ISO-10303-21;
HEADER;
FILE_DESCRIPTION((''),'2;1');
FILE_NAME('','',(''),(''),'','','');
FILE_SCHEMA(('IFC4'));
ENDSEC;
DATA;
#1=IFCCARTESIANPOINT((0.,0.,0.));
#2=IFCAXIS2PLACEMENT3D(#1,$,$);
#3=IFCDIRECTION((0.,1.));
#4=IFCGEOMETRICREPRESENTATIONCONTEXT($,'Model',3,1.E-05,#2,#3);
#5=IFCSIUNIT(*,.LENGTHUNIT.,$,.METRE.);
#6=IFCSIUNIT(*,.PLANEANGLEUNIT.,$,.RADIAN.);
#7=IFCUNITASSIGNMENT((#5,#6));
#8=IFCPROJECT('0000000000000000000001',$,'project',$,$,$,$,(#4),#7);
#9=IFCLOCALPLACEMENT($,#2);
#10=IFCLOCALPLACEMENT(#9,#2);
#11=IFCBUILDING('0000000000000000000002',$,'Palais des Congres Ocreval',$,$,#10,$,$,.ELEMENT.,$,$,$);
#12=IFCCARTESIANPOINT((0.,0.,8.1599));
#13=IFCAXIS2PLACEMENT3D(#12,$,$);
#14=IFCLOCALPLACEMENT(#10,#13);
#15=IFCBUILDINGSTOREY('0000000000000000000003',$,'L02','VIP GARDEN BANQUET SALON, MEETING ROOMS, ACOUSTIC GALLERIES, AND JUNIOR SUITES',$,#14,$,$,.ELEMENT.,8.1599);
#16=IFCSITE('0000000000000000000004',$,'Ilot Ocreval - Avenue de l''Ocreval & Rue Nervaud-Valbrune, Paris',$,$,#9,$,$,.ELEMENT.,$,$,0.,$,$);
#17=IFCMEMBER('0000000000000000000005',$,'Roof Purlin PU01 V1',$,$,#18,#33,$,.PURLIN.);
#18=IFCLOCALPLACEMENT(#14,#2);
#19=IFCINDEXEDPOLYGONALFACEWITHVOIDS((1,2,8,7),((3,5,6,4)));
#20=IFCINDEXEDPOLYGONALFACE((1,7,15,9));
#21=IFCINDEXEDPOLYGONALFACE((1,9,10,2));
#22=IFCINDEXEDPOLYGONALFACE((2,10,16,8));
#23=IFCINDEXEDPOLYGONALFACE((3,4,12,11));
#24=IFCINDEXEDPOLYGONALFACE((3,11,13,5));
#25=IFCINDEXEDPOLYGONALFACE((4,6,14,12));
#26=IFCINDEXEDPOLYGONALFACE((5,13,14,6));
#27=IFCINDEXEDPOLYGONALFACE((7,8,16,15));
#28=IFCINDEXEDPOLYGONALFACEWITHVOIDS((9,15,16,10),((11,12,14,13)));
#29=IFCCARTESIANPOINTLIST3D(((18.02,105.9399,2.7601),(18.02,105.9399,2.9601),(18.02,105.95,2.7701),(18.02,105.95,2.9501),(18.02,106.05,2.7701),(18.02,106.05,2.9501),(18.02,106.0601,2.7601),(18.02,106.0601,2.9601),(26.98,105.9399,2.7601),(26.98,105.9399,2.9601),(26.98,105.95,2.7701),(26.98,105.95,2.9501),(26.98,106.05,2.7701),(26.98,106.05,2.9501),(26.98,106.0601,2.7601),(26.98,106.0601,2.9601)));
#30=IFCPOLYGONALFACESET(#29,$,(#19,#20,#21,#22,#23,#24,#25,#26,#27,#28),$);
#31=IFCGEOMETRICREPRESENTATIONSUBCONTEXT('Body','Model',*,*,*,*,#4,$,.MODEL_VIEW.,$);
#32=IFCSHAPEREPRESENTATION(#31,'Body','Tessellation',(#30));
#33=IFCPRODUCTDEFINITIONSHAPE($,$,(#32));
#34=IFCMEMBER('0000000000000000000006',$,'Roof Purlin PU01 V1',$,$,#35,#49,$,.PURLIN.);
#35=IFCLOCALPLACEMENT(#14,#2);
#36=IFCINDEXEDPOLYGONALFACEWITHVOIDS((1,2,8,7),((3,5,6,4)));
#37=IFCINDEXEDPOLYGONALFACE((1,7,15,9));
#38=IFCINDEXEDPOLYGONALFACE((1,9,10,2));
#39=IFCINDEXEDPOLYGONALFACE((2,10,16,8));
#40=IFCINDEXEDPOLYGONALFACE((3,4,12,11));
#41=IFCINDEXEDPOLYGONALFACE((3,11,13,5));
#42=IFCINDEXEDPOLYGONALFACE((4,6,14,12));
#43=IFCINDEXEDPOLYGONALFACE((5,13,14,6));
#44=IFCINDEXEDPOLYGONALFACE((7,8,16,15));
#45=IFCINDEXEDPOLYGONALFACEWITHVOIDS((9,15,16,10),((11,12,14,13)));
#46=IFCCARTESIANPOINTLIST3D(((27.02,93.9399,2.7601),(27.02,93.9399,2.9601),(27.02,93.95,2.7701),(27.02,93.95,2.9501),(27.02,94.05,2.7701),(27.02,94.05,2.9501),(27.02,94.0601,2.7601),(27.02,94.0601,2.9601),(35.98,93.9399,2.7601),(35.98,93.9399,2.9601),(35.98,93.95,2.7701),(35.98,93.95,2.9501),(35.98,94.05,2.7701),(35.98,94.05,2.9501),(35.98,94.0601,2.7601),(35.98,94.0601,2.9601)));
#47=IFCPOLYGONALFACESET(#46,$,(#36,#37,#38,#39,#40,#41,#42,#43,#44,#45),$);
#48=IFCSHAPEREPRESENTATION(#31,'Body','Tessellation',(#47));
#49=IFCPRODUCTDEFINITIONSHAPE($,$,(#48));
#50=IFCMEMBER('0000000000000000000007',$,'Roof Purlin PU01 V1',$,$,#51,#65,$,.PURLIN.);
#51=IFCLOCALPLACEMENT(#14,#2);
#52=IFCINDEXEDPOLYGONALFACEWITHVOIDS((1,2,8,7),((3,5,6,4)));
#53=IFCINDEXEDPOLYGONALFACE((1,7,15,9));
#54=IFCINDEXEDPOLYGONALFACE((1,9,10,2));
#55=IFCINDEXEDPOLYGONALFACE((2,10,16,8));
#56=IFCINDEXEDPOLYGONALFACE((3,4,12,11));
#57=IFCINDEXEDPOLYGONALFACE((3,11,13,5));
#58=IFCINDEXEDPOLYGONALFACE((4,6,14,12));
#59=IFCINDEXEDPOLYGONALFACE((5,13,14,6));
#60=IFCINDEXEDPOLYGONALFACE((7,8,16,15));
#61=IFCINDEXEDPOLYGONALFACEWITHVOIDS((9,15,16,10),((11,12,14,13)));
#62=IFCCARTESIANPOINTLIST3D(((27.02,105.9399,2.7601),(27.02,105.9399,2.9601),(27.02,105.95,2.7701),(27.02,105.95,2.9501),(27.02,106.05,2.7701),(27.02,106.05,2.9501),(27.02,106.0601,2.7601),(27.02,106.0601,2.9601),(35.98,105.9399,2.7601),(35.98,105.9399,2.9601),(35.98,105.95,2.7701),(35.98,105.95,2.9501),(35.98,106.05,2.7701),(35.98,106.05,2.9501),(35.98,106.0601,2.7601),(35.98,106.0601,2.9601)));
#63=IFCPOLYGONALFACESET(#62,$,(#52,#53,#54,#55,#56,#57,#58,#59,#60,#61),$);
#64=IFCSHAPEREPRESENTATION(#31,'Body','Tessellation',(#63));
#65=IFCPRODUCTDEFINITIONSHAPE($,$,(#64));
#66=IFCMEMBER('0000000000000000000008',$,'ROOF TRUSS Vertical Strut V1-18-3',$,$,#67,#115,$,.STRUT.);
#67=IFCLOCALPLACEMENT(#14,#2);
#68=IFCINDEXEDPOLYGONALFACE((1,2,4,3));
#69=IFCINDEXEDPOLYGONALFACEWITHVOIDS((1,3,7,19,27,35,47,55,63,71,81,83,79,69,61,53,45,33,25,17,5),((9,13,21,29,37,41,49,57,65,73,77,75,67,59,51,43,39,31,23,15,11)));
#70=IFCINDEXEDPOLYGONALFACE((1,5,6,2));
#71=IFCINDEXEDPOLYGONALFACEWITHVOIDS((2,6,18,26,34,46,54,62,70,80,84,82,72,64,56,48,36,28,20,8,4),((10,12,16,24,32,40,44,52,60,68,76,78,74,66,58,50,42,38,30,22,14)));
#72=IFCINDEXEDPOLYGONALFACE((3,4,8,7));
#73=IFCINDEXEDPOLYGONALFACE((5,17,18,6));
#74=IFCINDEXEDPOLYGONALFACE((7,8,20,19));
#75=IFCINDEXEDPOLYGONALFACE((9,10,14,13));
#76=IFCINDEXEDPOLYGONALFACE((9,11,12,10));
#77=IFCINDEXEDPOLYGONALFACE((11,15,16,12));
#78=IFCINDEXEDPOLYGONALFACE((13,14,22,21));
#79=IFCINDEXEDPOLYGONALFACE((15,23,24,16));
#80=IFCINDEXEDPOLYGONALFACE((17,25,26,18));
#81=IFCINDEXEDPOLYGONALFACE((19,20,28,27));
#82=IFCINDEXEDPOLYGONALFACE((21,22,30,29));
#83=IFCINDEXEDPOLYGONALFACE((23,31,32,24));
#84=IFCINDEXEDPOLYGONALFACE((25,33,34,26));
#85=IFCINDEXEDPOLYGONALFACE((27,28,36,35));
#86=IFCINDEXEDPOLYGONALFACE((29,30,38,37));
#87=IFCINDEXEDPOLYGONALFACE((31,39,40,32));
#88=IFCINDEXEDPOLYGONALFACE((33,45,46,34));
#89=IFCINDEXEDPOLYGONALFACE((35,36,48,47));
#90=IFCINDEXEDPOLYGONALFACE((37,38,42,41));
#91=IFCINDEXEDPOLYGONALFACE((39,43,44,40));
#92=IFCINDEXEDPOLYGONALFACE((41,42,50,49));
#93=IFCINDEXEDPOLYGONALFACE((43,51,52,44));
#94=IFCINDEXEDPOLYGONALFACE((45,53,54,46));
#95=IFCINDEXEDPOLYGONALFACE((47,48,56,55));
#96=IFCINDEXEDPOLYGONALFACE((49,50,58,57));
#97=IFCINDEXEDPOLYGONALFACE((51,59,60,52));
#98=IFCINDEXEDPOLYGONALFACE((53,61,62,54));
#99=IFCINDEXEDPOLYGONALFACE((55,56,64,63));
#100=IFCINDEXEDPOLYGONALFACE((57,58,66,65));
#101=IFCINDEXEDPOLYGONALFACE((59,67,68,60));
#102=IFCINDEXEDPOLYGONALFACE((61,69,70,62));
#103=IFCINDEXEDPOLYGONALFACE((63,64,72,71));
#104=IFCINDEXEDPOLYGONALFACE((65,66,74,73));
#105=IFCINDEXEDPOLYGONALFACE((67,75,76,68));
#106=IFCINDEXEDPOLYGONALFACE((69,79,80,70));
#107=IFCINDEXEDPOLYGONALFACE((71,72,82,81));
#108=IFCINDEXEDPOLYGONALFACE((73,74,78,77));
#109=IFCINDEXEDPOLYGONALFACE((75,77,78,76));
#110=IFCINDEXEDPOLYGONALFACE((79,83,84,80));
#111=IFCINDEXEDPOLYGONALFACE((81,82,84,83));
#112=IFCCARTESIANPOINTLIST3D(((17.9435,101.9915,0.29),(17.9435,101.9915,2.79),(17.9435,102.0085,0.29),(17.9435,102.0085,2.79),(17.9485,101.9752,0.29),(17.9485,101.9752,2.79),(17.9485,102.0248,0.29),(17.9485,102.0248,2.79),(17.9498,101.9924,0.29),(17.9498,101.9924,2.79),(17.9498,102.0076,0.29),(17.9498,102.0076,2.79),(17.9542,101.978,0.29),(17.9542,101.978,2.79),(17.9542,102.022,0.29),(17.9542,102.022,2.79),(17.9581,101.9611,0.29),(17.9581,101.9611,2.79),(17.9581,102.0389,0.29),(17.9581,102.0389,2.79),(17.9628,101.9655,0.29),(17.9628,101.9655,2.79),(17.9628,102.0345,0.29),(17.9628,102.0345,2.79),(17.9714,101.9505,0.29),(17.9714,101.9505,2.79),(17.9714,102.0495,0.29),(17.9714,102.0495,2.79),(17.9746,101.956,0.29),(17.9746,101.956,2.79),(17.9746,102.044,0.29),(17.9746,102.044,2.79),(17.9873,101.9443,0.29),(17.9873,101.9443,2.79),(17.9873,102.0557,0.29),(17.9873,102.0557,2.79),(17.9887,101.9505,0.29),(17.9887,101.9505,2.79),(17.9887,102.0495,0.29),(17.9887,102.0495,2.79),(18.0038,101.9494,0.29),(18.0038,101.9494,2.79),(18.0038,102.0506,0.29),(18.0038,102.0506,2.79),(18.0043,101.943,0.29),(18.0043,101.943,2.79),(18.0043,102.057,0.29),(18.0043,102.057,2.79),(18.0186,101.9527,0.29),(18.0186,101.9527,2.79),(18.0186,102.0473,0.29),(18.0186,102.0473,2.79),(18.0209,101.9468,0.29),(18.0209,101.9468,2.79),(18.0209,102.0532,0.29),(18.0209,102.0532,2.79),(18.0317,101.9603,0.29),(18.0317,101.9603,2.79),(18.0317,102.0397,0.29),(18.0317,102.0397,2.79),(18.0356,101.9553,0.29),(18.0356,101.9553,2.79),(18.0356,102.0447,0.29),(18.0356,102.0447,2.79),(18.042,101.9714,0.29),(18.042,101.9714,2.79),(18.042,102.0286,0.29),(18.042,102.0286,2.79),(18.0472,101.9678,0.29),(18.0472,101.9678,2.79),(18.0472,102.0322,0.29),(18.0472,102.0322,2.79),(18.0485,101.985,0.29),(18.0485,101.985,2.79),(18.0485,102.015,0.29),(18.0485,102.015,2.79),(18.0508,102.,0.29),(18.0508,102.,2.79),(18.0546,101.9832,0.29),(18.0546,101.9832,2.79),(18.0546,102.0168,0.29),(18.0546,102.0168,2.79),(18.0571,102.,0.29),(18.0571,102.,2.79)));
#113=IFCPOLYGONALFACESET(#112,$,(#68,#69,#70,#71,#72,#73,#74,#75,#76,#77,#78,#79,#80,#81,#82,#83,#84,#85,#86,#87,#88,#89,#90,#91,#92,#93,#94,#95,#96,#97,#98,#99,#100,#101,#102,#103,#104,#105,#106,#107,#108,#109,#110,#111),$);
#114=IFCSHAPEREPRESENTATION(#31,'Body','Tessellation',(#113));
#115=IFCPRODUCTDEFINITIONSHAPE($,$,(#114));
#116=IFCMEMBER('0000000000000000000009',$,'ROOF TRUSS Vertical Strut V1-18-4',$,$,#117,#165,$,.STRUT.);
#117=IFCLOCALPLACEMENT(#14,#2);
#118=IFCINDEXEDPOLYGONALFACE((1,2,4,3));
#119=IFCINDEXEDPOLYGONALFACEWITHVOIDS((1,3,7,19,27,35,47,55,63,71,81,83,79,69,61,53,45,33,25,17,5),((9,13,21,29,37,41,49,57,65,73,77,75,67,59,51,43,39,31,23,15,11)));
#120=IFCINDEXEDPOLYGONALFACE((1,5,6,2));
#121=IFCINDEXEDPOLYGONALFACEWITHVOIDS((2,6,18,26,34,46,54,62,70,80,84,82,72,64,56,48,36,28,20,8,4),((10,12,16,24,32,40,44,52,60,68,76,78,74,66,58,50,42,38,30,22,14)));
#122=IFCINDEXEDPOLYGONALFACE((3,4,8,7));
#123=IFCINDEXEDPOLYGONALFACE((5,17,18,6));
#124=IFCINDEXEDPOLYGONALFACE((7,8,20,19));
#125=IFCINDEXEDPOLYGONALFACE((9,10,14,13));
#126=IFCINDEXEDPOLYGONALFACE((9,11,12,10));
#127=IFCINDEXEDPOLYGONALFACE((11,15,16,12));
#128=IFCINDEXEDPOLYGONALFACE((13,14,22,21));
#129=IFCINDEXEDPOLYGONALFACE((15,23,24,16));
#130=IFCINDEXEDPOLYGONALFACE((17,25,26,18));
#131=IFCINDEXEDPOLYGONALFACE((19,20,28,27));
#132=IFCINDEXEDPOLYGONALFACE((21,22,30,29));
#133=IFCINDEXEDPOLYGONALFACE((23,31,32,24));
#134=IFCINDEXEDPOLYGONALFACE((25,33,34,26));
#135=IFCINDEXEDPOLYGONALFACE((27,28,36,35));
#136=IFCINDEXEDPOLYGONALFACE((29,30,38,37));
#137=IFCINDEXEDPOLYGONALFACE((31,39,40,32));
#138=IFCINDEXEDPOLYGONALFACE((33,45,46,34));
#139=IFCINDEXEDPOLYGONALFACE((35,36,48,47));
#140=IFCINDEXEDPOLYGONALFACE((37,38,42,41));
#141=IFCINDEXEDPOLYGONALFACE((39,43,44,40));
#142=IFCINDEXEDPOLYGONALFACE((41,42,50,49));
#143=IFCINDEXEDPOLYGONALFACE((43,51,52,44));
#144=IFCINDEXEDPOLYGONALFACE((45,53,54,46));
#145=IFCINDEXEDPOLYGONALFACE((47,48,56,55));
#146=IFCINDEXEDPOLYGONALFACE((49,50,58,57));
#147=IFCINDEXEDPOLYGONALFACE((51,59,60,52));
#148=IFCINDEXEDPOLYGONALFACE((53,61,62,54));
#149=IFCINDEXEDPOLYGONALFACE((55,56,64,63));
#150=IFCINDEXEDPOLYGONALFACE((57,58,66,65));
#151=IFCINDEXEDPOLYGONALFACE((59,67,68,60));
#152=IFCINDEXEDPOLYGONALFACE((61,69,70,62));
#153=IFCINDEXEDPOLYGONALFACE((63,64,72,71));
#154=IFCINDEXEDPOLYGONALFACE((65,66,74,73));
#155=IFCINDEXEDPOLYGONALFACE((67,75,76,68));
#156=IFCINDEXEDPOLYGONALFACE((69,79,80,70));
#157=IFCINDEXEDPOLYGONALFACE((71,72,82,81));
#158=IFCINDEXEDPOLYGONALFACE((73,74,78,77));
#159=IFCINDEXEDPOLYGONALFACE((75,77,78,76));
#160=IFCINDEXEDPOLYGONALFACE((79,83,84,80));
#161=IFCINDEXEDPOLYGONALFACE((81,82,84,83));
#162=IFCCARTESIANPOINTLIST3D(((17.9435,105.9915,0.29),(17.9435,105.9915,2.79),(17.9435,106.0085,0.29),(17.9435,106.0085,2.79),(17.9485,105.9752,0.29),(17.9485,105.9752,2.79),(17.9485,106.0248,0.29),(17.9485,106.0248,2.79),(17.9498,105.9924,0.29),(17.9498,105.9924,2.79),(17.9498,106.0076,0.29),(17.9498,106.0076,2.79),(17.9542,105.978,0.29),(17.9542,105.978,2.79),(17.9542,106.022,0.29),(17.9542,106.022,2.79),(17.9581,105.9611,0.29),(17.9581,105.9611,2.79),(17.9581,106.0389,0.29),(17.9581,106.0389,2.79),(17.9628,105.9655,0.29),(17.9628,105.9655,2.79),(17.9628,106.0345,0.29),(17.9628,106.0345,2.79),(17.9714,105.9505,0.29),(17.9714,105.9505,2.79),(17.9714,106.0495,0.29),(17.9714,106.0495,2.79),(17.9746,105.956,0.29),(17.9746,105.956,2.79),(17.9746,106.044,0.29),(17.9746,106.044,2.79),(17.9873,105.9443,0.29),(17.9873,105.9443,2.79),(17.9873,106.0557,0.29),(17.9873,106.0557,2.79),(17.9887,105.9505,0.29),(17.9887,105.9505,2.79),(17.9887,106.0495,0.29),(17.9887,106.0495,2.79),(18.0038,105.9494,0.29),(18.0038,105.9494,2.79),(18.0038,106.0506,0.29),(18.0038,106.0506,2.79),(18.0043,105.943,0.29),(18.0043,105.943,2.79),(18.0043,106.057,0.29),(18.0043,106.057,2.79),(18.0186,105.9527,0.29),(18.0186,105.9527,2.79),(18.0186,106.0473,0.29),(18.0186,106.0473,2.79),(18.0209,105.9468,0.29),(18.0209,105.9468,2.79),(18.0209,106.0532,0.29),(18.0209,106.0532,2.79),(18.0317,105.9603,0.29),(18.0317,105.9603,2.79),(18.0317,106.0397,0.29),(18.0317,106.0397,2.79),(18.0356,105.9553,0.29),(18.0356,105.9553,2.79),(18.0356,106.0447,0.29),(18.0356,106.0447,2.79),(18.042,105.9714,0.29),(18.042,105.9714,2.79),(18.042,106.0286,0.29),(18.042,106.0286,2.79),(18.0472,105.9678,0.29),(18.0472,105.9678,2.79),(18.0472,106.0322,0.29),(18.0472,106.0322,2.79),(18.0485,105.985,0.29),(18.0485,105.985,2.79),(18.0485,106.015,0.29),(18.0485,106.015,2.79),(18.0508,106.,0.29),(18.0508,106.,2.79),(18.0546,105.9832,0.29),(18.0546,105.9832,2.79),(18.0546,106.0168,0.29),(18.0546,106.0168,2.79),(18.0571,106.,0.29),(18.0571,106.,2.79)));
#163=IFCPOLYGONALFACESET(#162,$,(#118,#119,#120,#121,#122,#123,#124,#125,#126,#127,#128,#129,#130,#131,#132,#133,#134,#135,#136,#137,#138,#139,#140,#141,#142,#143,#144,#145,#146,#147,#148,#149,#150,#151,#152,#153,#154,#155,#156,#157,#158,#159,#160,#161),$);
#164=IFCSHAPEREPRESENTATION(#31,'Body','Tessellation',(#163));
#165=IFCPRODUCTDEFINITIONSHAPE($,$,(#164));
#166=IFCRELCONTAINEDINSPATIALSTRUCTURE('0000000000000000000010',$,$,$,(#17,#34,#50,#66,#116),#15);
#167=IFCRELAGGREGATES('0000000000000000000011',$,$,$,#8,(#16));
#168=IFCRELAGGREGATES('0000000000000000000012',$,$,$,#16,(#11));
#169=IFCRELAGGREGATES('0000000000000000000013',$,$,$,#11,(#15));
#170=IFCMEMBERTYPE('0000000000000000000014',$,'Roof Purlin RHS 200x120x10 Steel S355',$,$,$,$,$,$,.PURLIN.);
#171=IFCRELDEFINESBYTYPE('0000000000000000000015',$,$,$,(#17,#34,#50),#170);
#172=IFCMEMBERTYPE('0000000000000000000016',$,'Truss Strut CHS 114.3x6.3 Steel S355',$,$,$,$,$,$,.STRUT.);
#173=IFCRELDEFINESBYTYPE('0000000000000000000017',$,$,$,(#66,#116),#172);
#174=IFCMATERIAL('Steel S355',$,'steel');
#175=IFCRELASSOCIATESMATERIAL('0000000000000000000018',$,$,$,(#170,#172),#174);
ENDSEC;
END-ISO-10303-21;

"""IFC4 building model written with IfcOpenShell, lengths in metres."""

from ifc_helpers import new_model, si_unit, direction, frame, origin, origin_2d, place, context, subcontext, project, spatial, hollow_rectangle, hollow_circle, extrude, material, material_profile, profile_set, type_object, element, save


model = new_model("IFC4")

# Units and contexts
model_context = context("Model", 3, precision=1e-05, world=origin(), true_north=direction((0.0, 1.0)))
body_context = subcontext(model_context, "Body", "Model", "MODEL_VIEW")
ifc_project = project(units=[si_unit("LENGTHUNIT", "METRE"), si_unit("PLANEANGLEUNIT", "RADIAN")], contexts=[model_context])

# Site, building, storey
site_placement = place(None, origin())
site = spatial("IfcSite", under=ifc_project, at=site_placement, Name="Ilot Ocreval - Avenue de l'Ocreval & Rue Nervaud-Valbrune, Paris", CompositionType="ELEMENT", RefElevation=0.0)
building_placement = place(site_placement, origin())
building = spatial("IfcBuilding", under=site, at=building_placement, Name="Palais des Congres Ocreval", CompositionType="ELEMENT")
storey_placement = place(building_placement, frame((0.0, 0.0, 8.1599)))
storey = spatial("IfcBuildingStorey", under=building, at=storey_placement, Name="L02", Description="VIP GARDEN BANQUET SALON, MEETING ROOMS, ACOUSTIC GALLERIES, AND JUNIOR SUITES", CompositionType="ELEMENT", Elevation=8.1599)

# Shared definitions
ifc_material_1 = material(Name="Steel S355", Category="steel")

# Members
ifc_material_profile_1 = material_profile(ifc_material_1, hollow_rectangle(XDim=0.1201, YDim=0.2, WallThickness=0.01, at=origin_2d()), Name="RHS 200x120x10")
ifc_profile_set_1 = profile_set([ifc_material_profile_1], Name="Steel S355")
member_type_1 = type_object("IfcMemberType", Name="Roof Purlin RHS 200x120x10 Steel S355", PredefinedType="PURLIN", material=ifc_profile_set_1)
for number, where, z_axis, x_axis, name in (
    (1, (18.02, 106.0, 2.8601), (1.0, 0.0, 0.0), (0.0, 1.0, 0.0), "Roof Purlin PU01 V1"),
    (2, (27.02, 94.0, 2.8601), (1.0, 0.0, 0.0), (0.0, 1.0, 0.0), "Roof Purlin PU01 V1"),
    (3, (27.02, 106.0, 2.8601), (1.0, 0.0, 0.0), (0.0, 1.0, 0.0), "Roof Purlin PU01 V1"),
):
    element("IfcMember", number, at=place(storey_placement, frame(where, z_axis=z_axis, x_axis=x_axis)), inside=storey, type_object=member_type_1, Name=name, PredefinedType="PURLIN", context=body_context, shape_type="SweptSolid", body=[
        extrude(hollow_rectangle(XDim=0.1201, YDim=0.2, WallThickness=0.01, at=origin_2d()), origin(), (0.0, 0.0, 1.0), 8.96),
    ])
ifc_material_profile_2 = material_profile(ifc_material_1, hollow_circle(Radius=0.0571, WallThickness=0.0063, at=origin_2d()), Name="CHS 114.3x6.3")
ifc_profile_set_2 = profile_set([ifc_material_profile_2], Name="Steel S355")
member_type_2 = type_object("IfcMemberType", Name="Truss Strut CHS 114.3x6.3 Steel S355", PredefinedType="STRUT", material=ifc_profile_set_2)
for number, where, z_axis, x_axis, name in (
    (4, (18.0, 102.0, 0.29), (0.0, 0.0, 1.0), (1.0, 0.0, 0.0), "ROOF TRUSS Vertical Strut V1-18-3"),
    (5, (18.0, 106.0, 0.29), (0.0, 0.0, 1.0), (1.0, 0.0, 0.0), "ROOF TRUSS Vertical Strut V1-18-4"),
):
    element("IfcMember", number, at=place(storey_placement, frame(where, z_axis=z_axis, x_axis=x_axis)), inside=storey, type_object=member_type_2, Name=name, PredefinedType="STRUT", context=body_context, shape_type="SweptSolid", body=[
        extrude(hollow_circle(Radius=0.0571, WallThickness=0.0063, at=origin_2d()), origin(), (0.0, 0.0, 1.0), 2.5),
    ])

save(model, "model.ifc")
